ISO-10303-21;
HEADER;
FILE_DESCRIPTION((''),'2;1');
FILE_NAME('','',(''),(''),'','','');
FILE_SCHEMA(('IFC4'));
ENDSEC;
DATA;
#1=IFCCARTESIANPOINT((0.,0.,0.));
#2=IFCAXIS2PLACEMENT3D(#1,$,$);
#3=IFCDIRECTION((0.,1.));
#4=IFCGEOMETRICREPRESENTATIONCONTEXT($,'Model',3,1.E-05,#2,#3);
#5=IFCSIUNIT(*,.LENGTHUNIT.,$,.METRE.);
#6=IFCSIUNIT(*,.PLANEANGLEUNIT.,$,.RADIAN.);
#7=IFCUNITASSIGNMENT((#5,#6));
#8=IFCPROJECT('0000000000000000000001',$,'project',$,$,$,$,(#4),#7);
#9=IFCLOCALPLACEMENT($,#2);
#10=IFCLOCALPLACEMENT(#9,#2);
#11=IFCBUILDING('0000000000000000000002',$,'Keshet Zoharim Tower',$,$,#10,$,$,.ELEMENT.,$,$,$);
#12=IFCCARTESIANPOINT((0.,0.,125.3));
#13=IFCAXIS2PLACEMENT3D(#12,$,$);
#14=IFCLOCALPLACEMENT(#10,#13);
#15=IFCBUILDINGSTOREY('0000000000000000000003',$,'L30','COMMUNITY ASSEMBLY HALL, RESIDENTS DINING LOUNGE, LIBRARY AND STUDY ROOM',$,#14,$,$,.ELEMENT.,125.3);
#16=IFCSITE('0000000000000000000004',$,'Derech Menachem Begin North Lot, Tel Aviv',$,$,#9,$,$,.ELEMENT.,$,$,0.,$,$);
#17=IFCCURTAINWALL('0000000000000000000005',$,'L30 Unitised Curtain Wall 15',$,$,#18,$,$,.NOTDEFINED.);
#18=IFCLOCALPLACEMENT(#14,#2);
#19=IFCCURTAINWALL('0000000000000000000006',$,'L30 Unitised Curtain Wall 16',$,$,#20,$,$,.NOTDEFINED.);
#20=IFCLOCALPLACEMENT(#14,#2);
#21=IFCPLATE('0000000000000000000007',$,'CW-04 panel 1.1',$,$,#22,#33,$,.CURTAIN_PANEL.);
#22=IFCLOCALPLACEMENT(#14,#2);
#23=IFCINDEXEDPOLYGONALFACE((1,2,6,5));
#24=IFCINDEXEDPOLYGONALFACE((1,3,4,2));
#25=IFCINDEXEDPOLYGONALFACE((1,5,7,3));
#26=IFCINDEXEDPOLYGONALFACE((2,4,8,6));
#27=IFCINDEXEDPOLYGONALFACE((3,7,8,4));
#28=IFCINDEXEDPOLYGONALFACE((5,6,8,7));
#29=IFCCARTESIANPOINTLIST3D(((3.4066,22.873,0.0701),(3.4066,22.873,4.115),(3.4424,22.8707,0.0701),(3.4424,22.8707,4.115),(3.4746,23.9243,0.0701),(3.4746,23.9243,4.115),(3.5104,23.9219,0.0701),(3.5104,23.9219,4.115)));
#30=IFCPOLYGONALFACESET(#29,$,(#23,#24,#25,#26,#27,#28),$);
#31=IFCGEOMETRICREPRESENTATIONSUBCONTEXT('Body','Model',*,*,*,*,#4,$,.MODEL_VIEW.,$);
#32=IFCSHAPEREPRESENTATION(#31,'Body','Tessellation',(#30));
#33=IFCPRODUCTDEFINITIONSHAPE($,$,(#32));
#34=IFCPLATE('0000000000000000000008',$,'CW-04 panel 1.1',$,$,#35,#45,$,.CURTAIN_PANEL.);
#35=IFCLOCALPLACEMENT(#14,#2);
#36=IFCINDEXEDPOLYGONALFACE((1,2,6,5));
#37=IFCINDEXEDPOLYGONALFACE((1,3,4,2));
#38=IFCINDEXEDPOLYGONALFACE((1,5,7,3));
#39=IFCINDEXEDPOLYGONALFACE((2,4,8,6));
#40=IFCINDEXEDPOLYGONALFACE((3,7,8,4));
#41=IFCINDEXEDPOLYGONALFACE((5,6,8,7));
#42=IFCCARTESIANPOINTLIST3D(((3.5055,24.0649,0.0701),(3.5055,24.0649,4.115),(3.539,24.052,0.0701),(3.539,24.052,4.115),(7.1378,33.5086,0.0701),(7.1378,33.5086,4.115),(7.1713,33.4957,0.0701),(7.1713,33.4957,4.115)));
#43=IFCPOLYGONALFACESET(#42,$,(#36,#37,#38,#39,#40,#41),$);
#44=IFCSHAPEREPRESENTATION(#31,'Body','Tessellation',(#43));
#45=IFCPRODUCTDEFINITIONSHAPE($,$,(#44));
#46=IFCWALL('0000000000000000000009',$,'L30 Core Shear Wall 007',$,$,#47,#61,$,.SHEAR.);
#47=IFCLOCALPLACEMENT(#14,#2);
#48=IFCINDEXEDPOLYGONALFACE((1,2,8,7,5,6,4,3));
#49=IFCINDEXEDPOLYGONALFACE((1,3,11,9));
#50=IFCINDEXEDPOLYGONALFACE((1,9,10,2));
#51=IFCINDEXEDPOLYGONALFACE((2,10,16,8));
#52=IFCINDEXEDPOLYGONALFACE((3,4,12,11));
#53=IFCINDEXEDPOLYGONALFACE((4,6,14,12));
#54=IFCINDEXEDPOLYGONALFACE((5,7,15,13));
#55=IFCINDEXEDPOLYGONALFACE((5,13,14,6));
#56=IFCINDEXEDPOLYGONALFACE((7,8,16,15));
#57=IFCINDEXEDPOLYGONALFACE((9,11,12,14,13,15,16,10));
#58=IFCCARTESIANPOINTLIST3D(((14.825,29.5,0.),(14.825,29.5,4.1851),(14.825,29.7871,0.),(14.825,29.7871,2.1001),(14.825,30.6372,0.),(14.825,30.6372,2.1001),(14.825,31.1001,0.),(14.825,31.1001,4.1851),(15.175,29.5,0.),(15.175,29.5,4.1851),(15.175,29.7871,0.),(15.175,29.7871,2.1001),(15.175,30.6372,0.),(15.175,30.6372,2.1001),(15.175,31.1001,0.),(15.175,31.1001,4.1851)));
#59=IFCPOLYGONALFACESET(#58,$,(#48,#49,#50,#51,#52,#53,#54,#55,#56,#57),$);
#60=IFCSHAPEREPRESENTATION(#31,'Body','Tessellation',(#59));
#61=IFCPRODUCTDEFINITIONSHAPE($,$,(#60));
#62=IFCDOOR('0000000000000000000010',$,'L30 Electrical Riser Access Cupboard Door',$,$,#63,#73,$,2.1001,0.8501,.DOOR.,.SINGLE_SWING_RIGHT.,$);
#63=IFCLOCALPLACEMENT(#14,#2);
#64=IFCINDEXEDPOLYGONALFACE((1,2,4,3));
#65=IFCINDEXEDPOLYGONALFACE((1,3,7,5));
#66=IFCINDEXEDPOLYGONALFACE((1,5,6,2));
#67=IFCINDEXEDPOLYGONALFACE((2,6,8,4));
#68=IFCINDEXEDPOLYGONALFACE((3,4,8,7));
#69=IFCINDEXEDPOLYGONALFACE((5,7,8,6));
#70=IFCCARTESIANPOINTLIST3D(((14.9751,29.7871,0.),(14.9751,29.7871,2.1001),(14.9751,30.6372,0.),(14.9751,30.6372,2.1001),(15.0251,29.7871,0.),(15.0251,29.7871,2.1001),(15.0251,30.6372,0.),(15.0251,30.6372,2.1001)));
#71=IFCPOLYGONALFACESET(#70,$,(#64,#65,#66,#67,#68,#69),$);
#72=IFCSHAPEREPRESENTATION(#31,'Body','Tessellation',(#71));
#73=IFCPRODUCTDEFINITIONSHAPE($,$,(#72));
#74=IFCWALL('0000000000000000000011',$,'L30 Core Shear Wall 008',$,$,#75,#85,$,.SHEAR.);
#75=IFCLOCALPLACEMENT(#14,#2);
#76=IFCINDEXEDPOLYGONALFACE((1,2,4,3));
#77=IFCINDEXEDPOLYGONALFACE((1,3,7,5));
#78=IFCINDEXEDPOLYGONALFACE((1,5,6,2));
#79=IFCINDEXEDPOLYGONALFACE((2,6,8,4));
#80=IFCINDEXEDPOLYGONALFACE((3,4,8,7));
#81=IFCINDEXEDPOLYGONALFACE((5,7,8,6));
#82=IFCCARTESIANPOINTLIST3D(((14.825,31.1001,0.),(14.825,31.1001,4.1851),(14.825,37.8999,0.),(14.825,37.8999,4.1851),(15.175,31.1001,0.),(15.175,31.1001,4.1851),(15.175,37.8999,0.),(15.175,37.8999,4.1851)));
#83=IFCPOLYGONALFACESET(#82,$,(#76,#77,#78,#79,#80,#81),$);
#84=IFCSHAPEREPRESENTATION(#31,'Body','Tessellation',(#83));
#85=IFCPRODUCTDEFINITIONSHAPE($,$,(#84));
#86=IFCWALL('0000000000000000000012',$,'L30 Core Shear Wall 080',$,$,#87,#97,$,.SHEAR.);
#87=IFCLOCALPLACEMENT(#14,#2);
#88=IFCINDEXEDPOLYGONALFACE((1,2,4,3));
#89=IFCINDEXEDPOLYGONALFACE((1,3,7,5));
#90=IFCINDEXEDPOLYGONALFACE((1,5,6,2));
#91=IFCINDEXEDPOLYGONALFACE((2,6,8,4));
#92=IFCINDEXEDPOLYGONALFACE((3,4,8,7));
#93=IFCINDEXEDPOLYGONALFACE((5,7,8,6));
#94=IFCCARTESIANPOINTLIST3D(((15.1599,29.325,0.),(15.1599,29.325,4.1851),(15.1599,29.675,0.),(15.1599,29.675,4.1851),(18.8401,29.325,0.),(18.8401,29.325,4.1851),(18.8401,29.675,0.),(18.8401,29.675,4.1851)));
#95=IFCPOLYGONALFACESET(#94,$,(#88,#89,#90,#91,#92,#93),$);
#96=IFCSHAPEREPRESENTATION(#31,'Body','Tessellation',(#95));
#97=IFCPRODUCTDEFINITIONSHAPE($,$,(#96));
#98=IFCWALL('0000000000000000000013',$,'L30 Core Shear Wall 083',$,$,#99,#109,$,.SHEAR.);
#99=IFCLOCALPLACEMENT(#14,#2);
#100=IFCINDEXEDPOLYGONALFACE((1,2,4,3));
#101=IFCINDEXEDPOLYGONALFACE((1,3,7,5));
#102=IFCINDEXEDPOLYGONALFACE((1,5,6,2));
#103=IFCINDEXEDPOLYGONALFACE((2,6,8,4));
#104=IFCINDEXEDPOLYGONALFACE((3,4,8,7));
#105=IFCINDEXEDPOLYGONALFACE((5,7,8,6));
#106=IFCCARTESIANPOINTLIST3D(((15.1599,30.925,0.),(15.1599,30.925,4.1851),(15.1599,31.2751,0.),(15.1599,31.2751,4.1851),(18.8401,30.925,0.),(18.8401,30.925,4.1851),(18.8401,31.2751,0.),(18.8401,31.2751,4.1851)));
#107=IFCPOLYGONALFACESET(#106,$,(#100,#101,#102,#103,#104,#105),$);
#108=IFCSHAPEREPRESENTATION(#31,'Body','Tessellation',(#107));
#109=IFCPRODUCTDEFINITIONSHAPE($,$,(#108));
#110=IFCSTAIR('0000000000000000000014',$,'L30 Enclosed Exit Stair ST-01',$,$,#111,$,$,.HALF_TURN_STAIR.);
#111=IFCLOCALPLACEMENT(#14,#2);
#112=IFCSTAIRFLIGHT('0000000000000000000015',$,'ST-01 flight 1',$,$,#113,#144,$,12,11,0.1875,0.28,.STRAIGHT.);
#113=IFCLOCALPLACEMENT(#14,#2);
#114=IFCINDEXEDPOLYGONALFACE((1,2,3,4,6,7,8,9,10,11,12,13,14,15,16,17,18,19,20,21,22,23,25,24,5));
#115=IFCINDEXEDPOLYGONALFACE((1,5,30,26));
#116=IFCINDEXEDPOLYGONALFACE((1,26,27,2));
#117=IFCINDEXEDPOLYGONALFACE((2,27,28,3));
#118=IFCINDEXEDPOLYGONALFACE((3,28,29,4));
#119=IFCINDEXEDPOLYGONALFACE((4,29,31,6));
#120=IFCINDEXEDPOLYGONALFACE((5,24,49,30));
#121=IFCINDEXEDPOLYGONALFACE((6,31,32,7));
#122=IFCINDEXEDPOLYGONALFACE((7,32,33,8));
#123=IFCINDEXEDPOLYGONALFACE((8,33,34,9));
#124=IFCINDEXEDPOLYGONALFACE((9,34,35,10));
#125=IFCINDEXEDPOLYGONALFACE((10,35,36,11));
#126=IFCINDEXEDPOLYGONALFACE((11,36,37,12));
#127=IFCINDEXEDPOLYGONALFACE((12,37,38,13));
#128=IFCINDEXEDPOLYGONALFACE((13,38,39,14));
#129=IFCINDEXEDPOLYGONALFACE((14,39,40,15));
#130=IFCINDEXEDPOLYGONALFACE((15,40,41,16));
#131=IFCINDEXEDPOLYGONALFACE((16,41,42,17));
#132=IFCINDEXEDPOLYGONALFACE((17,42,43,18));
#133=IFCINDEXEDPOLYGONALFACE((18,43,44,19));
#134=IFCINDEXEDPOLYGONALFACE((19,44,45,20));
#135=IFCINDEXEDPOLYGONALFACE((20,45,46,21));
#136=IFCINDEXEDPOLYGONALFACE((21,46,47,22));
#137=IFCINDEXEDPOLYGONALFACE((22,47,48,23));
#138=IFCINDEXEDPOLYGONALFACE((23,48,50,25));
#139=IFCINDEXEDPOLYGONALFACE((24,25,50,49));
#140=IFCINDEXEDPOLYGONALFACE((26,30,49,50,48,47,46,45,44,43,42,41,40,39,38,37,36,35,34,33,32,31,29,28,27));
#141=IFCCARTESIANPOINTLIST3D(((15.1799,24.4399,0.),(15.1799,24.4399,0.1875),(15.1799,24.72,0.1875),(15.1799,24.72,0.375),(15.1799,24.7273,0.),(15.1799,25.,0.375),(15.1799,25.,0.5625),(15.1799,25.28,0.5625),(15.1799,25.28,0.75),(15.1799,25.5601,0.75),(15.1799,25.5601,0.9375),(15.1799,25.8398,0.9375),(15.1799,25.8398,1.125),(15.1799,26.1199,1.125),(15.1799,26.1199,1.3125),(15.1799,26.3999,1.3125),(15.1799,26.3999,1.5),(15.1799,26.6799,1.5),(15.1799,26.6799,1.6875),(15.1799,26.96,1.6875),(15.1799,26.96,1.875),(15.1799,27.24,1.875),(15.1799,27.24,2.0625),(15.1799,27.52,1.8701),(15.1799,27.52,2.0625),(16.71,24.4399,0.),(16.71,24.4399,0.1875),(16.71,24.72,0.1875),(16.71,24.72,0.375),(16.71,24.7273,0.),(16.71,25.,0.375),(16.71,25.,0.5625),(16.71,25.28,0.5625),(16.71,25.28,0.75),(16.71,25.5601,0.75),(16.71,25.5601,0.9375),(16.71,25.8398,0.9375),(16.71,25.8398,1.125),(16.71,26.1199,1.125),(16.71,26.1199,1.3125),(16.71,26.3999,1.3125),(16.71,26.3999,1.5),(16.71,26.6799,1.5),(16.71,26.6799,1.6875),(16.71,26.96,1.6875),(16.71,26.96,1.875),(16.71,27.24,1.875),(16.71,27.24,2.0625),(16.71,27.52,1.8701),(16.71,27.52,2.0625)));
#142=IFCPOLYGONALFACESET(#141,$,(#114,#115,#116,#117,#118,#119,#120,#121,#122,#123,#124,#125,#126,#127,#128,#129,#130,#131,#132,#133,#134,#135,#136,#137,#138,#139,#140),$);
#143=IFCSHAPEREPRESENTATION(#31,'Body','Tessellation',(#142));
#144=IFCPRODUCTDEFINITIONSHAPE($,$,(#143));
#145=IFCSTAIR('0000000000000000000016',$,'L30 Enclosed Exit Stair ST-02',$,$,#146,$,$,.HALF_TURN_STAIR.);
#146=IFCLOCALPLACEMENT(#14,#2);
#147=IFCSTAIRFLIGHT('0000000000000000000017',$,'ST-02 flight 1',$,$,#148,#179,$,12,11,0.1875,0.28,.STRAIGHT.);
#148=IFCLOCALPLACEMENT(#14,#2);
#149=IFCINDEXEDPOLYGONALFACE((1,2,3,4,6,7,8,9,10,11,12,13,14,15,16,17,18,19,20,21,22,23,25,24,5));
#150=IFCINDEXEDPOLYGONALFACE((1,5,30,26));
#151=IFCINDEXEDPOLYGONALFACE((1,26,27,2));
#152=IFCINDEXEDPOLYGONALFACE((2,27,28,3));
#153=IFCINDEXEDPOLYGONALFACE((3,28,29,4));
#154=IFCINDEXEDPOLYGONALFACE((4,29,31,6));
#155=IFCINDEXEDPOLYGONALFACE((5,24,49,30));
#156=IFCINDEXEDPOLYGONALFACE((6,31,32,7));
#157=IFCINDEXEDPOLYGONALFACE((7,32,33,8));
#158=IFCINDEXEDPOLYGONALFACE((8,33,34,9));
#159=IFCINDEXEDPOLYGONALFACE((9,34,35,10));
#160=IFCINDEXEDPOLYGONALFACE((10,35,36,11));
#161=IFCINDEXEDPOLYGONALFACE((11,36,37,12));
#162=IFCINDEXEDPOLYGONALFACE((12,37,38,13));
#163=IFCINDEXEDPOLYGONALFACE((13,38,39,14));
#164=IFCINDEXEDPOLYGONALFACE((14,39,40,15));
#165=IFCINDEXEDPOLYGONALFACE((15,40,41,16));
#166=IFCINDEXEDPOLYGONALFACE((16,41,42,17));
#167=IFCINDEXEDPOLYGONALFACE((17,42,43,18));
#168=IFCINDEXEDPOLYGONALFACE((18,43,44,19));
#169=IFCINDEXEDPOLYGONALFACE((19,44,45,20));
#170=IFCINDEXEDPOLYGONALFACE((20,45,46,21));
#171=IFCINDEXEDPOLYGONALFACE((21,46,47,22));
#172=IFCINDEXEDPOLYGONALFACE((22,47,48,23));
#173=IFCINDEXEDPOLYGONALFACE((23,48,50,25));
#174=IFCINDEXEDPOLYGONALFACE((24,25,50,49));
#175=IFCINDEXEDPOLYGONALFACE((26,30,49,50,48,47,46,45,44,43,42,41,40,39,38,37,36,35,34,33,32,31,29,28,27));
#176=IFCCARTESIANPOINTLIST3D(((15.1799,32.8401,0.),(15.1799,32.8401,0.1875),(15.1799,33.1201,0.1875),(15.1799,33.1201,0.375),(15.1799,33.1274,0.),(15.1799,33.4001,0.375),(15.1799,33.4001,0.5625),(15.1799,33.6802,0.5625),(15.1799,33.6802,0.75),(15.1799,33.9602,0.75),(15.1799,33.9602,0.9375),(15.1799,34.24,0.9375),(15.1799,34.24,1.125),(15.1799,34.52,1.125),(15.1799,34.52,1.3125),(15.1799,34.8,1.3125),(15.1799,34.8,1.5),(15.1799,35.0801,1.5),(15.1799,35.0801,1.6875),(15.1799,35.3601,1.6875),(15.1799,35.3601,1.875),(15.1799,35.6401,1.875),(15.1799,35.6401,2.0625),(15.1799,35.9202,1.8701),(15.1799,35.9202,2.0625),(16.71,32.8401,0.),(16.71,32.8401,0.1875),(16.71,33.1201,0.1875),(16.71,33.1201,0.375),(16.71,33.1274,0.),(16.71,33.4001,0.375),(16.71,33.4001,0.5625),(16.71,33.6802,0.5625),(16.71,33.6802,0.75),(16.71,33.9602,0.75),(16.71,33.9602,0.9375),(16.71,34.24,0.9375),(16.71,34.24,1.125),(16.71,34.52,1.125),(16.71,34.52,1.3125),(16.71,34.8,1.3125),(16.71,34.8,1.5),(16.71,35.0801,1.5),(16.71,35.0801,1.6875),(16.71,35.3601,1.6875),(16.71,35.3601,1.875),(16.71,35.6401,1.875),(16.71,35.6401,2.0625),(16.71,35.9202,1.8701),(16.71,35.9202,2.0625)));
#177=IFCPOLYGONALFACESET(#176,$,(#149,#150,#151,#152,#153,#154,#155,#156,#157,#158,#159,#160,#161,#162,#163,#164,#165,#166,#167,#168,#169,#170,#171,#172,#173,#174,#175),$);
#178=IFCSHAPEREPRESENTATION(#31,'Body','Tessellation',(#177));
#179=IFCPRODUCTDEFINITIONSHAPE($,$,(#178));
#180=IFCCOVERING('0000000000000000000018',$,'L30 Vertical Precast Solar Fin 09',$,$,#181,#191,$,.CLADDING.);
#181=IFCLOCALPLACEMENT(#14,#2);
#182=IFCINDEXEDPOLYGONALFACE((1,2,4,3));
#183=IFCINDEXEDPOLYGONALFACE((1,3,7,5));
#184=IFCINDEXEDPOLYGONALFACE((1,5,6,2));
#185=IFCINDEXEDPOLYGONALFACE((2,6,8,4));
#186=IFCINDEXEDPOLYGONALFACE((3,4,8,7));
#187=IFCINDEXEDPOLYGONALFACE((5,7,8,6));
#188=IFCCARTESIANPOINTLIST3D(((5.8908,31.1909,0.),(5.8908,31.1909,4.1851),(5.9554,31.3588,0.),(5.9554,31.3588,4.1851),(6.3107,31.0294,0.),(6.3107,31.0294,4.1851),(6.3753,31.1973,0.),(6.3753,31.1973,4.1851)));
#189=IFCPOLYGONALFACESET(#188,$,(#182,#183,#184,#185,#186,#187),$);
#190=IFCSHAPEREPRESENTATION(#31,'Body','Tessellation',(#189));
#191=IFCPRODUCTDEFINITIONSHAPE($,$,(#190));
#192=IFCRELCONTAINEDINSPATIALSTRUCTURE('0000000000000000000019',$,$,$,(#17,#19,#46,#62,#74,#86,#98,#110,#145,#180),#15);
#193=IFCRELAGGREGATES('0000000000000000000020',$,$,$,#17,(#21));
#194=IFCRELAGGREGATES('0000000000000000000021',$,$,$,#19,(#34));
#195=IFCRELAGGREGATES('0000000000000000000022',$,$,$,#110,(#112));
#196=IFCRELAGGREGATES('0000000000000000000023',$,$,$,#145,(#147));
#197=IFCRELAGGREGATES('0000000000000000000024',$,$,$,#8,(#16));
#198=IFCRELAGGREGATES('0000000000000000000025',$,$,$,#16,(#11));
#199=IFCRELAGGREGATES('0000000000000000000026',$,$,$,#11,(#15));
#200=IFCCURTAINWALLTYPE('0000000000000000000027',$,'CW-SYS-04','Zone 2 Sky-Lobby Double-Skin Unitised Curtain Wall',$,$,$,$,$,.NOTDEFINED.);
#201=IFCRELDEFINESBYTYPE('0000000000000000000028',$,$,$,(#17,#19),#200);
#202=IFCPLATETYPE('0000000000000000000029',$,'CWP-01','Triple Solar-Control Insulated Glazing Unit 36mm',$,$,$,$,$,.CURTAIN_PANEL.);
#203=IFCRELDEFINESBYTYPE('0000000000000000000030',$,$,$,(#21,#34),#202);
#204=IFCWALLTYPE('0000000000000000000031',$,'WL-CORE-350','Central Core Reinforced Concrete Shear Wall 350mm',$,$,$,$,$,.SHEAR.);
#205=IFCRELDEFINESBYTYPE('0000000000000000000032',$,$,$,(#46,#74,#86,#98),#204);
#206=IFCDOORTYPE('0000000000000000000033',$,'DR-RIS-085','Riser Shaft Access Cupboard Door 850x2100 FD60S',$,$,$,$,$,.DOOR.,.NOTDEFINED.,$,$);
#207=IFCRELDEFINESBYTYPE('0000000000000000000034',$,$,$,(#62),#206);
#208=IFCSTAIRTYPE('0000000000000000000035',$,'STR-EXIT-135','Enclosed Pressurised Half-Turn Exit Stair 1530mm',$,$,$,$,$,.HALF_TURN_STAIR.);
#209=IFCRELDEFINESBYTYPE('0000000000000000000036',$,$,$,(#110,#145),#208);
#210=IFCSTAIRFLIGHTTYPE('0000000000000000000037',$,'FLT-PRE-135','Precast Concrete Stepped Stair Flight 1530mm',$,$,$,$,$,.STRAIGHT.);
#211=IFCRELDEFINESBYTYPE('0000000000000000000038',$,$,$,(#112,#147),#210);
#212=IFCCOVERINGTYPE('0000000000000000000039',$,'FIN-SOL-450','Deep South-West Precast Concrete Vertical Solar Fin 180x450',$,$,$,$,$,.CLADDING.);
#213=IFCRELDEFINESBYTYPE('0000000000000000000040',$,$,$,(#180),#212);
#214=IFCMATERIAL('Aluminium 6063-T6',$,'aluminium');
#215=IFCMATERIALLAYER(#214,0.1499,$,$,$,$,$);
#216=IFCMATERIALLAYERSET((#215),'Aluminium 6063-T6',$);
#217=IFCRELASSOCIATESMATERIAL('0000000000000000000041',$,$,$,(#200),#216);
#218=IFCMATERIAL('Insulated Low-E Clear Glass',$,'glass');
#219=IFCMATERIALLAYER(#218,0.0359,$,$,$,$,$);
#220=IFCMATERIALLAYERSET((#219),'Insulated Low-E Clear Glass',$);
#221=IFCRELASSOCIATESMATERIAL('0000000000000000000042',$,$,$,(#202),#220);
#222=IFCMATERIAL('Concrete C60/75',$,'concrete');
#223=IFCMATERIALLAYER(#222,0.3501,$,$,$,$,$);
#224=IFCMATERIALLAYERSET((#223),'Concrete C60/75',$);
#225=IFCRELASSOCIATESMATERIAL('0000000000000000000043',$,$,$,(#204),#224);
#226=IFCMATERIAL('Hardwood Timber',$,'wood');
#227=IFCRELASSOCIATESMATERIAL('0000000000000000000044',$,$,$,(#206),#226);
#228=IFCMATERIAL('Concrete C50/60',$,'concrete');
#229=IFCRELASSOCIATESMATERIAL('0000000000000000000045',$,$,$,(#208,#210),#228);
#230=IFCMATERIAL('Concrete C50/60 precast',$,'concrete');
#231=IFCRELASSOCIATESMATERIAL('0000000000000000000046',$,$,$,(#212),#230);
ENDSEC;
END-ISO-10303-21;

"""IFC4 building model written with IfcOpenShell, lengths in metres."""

from ifc_helpers import new_model, si_unit, direction, frame, frame_2d, origin, origin_2d, place, context, subcontext, project, spatial, polyline, rectangle, outline, extrude, material, layer, layer_set, type_object, element, fill, aggregate, save


model = new_model("IFC4")

# Units and contexts
model_context = context("Model", 3, precision=1e-05, world=origin(), true_north=direction((0.0, 1.0)))
body_context = subcontext(model_context, "Body", "Model", "MODEL_VIEW")
ifc_project = project(units=[si_unit("LENGTHUNIT", "METRE"), si_unit("PLANEANGLEUNIT", "RADIAN")], contexts=[model_context])

# Site, building, storey
site_placement = place(None, origin())
site = spatial("IfcSite", under=ifc_project, at=site_placement, Name="Derech Menachem Begin North Lot, Tel Aviv", CompositionType="ELEMENT", RefElevation=0.0)
building_placement = place(site_placement, origin())
building = spatial("IfcBuilding", under=site, at=building_placement, Name="Keshet Zoharim Tower", CompositionType="ELEMENT")
storey_placement = place(building_placement, frame((0.0, 0.0, 125.3)))
storey = spatial("IfcBuildingStorey", under=building, at=storey_placement, Name="L30", Description="COMMUNITY ASSEMBLY HALL, RESIDENTS DINING LOUNGE, LIBRARY AND STUDY ROOM", CompositionType="ELEMENT", Elevation=125.3)

# Shared definitions
ifc_material_1 = material(Name="Aluminium 6063-T6", Category="aluminium")
ifc_layer_1 = layer(ifc_material_1, 0.1499)
ifc_layer_set_1 = layer_set([ifc_layer_1], Name="Aluminium 6063-T6")
curtain_wall_type = type_object("IfcCurtainWallType", Name="CW-SYS-04", Description="Zone 2 Sky-Lobby Double-Skin Unitised Curtain Wall", PredefinedType="NOTDEFINED", material=ifc_layer_set_1)

# Curtain walls
curtain_wall_1_placement = place(storey_placement, origin())
curtain_wall_1 = element("IfcCurtainWall", 1, at=curtain_wall_1_placement, inside=storey, type_object=curtain_wall_type, Name="L30 Unitised Curtain Wall 15", PredefinedType="NOTDEFINED")
curtain_wall_2_placement = place(storey_placement, origin())
curtain_wall_2 = element("IfcCurtainWall", 2, at=curtain_wall_2_placement, inside=storey, type_object=curtain_wall_type, Name="L30 Unitised Curtain Wall 16", PredefinedType="NOTDEFINED")

# Plates
ifc_material_2 = material(Name="Insulated Low-E Clear Glass", Category="glass")
ifc_layer_2 = layer(ifc_material_2, 0.0359)
ifc_layer_set_2 = layer_set([ifc_layer_2], Name="Insulated Low-E Clear Glass")
plate_type = type_object("IfcPlateType", Name="CWP-01", Description="Triple Solar-Control Insulated Glazing Unit 36mm", PredefinedType="CURTAIN_PANEL", material=ifc_layer_set_2)
plate_1_placement = place(storey_placement, frame((3.4585, 23.3975, 0.0701), z_axis=(0.0, 0.0, 1.0), x_axis=(0.064517, 0.997917, 0.0)))
plate_1 = element("IfcPlate", 3, at=plate_1_placement, type_object=plate_type, Name="CW-04 panel 1.1", PredefinedType="CURTAIN_PANEL", context=body_context, shape_type="SweptSolid", body=[
    extrude(rectangle(XDim=1.0535, YDim=0.0359, at=origin_2d()), origin(), (0.0, 0.0, 1.0), 4.0449),
])
aggregate(curtain_wall_1, [plate_1])
plate_2_placement = place(storey_placement, frame((5.3384, 28.7803, 0.0701), z_axis=(0.0, 0.0, 1.0), x_axis=(0.35899, 0.933341, 0.0)))
plate_2 = element("IfcPlate", 4, at=plate_2_placement, type_object=plate_type, Name="CW-04 panel 1.1", PredefinedType="CURTAIN_PANEL", context=body_context, shape_type="SweptSolid", body=[
    extrude(rectangle(XDim=10.1182, YDim=0.0359, at=origin_2d()), origin(), (0.0, 0.0, 1.0), 4.0449),
])
aggregate(curtain_wall_2, [plate_2])

# Wall, opening, door
ifc_material_3 = material(Name="Concrete C60/75", Category="concrete")
ifc_layer_3 = layer(ifc_material_3, 0.3501)
ifc_layer_set_3 = layer_set([ifc_layer_3], Name="Concrete C60/75")
wall_type = type_object("IfcWallType", Name="WL-CORE-350", Description="Central Core Reinforced Concrete Shear Wall 350mm", PredefinedType="SHEAR", material=ifc_layer_set_3)
wall_1_placement = place(storey_placement, frame((15.0, 29.5, 0.0), z_axis=(0.0, 0.0, 1.0), x_axis=(0.0, 1.0, 0.0)))
wall_1 = element("IfcWall", 5, at=wall_1_placement, inside=storey, type_object=wall_type, Name="L30 Core Shear Wall 007", PredefinedType="SHEAR", context=body_context, shape_type="SweptSolid", body=[
    extrude(rectangle(XDim=1.6001, YDim=0.3501, at=frame_2d((0.8, 0.0))), origin(), (0.0, 0.0, 1.0), 4.1851),
])
opening_placement = place(wall_1_placement, frame((0.2871, 0.0, 0.0)))
opening = element("IfcOpeningElement", 6, at=opening_placement, cuts=wall_1, PredefinedType="OPENING", context=body_context, shape_type="SweptSolid", body=[
    extrude(rectangle(XDim=0.8501, YDim=2.1001, at=frame_2d((0.425, 1.05))), frame((0.0, 0.1851, 0.0), z_axis=(0.0, -1.0, 0.0), x_axis=(1.0, 0.0, 0.0)), (0.0, 0.0, 1.0), 0.3701),
])
ifc_material_4 = material(Name="Hardwood Timber", Category="wood")
door_type = type_object("IfcDoorType", Name="DR-RIS-085", Description="Riser Shaft Access Cupboard Door 850x2100 FD60S", OperationType="NOTDEFINED", PredefinedType="DOOR", material=ifc_material_4)
door_placement = place(opening_placement, origin())
door = element("IfcDoor", 7, at=door_placement, inside=storey, type_object=door_type, Name="L30 Electrical Riser Access Cupboard Door", OperationType="SINGLE_SWING_RIGHT", OverallHeight=2.1001, OverallWidth=0.8501, PredefinedType="DOOR", context=body_context, shape_type="SweptSolid", body=[
    extrude(rectangle(XDim=0.8501, YDim=2.1001, at=frame_2d((0.425, 1.05))), frame((0.0, 0.0249, 0.0), z_axis=(0.0, -1.0, 0.0), x_axis=(1.0, 0.0, 0.0)), (0.0, 0.0, 1.0), 0.05),
])
fill(opening, door)

# Walls
wall_2_placement = place(storey_placement, frame((15.0, 31.1001, 0.0), z_axis=(0.0, 0.0, 1.0), x_axis=(0.0, 1.0, 0.0)))
element("IfcWall", 8, at=wall_2_placement, inside=storey, type_object=wall_type, Name="L30 Core Shear Wall 008", PredefinedType="SHEAR", context=body_context, shape_type="SweptSolid", body=[
    extrude(rectangle(XDim=6.7998, YDim=0.3501, at=frame_2d((3.3999, 0.0))), origin(), (0.0, 0.0, 1.0), 4.1851),
])
for number, where, z_axis, x_axis, name in (
    (9, (15.1599, 29.5, 0.0), (0.0, 0.0, 1.0), (1.0, 0.0, 0.0), "L30 Core Shear Wall 080"),
    (10, (15.1599, 31.1001, 0.0), (0.0, 0.0, 1.0), (1.0, 0.0, 0.0), "L30 Core Shear Wall 083"),
):
    element("IfcWall", number, at=place(storey_placement, frame(where, z_axis=z_axis, x_axis=x_axis)), inside=storey, type_object=wall_type, Name=name, PredefinedType="SHEAR", context=body_context, shape_type="SweptSolid", body=[
        extrude(rectangle(XDim=3.6802, YDim=0.3501, at=frame_2d((1.8401, 0.0))), origin(), (0.0, 0.0, 1.0), 4.1851),
    ])

# Stairs, stair flights
ifc_material_5 = material(Name="Concrete C50/60", Category="concrete")
stair_type = type_object("IfcStairType", Name="STR-EXIT-135", Description="Enclosed Pressurised Half-Turn Exit Stair 1530mm", PredefinedType="HALF_TURN_STAIR", material=ifc_material_5)
stair_1_placement = place(storey_placement, origin())
stair_1 = element("IfcStair", 11, at=stair_1_placement, inside=storey, type_object=stair_type, Name="L30 Enclosed Exit Stair ST-01", PredefinedType="HALF_TURN_STAIR")
stair_flight_type = type_object("IfcStairFlightType", Name="FLT-PRE-135", Description="Precast Concrete Stepped Stair Flight 1530mm", PredefinedType="STRAIGHT", material=ifc_material_5)
stair_flight_1_placement = place(storey_placement, frame((15.9451, 24.4399, 0.0), z_axis=(0.0, 0.0, 1.0), x_axis=(0.0, 1.0, 0.0)))
stair_flight_1 = element("IfcStairFlight", 12, at=stair_flight_1_placement, type_object=stair_flight_type, Name="ST-01 flight 1", NumberOfRisers=12, NumberOfTreads=11, PredefinedType="STRAIGHT", RiserHeight=0.1875, TreadLength=0.28, context=body_context, shape_type="SweptSolid", body=[
    extrude(outline(polyline([(0.0, 0.0), (0.0, 0.1875), (0.28, 0.1875), (0.28, 0.375), (0.5601, 0.375), (0.5601, 0.5625), (0.8401, 0.5625), (0.8401, 0.75), (1.1201, 0.75), (1.1201, 0.9375), (1.3999, 0.9375), (1.3999, 1.125), (1.6799, 1.125), (1.6799, 1.3125), (1.96, 1.3125), (1.96, 1.5), (2.24, 1.5), (2.24, 1.6875), (2.52, 1.6875), (2.52, 1.875), (2.8, 1.875), (2.8, 2.0625), (3.0801, 2.0625), (3.0801, 2.25), (3.0801, 1.8701), (0.2874, 0.0), (0.0, 0.0)])), frame((0.0, 0.7651, 0.0), z_axis=(0.0, -1.0, 0.0), x_axis=(1.0, 0.0, 0.0)), (0.0, 0.0, 1.0), 1.53),
])
aggregate(stair_1, [stair_flight_1])
stair_2_placement = place(storey_placement, origin())
stair_2 = element("IfcStair", 13, at=stair_2_placement, inside=storey, type_object=stair_type, Name="L30 Enclosed Exit Stair ST-02", PredefinedType="HALF_TURN_STAIR")
stair_flight_2_placement = place(storey_placement, frame((15.9451, 32.8401, 0.0), z_axis=(0.0, 0.0, 1.0), x_axis=(0.0, 1.0, 0.0)))
stair_flight_2 = element("IfcStairFlight", 14, at=stair_flight_2_placement, type_object=stair_flight_type, Name="ST-02 flight 1", NumberOfRisers=12, NumberOfTreads=11, PredefinedType="STRAIGHT", RiserHeight=0.1875, TreadLength=0.28, context=body_context, shape_type="SweptSolid", body=[
    extrude(outline(polyline([(0.0, 0.0), (0.0, 0.1875), (0.28, 0.1875), (0.28, 0.375), (0.5601, 0.375), (0.5601, 0.5625), (0.8401, 0.5625), (0.8401, 0.75), (1.1201, 0.75), (1.1201, 0.9375), (1.3999, 0.9375), (1.3999, 1.125), (1.6799, 1.125), (1.6799, 1.3125), (1.96, 1.3125), (1.96, 1.5), (2.24, 1.5), (2.24, 1.6875), (2.52, 1.6875), (2.52, 1.875), (2.8, 1.875), (2.8, 2.0625), (3.0801, 2.0625), (3.0801, 2.25), (3.0801, 1.8701), (0.2874, 0.0), (0.0, 0.0)])), frame((0.0, 0.7651, 0.0), z_axis=(0.0, -1.0, 0.0), x_axis=(1.0, 0.0, 0.0)), (0.0, 0.0, 1.0), 1.53),
])
aggregate(stair_2, [stair_flight_2])

# Covering
ifc_material_6 = material(Name="Concrete C50/60 precast", Category="concrete")
covering_type = type_object("IfcCoveringType", Name="FIN-SOL-450", Description="Deep South-West Precast Concrete Vertical Solar Fin 180x450", PredefinedType="CLADDING", material=ifc_material_6)
covering_placement = place(storey_placement, frame((6.1331, 31.1941, 0.0), z_axis=(0.0, 0.0, 1.0), x_axis=(0.35899, 0.933341, 0.0)))
element("IfcCovering", 15, at=covering_placement, inside=storey, type_object=covering_type, Name="L30 Vertical Precast Solar Fin 09", PredefinedType="CLADDING", context=body_context, shape_type="SweptSolid", body=[
    extrude(rectangle(XDim=0.1799, YDim=0.45, at=origin_2d()), origin(), (0.0, 0.0, 1.0), 4.1851),
])

save(model, "model.ifc")
